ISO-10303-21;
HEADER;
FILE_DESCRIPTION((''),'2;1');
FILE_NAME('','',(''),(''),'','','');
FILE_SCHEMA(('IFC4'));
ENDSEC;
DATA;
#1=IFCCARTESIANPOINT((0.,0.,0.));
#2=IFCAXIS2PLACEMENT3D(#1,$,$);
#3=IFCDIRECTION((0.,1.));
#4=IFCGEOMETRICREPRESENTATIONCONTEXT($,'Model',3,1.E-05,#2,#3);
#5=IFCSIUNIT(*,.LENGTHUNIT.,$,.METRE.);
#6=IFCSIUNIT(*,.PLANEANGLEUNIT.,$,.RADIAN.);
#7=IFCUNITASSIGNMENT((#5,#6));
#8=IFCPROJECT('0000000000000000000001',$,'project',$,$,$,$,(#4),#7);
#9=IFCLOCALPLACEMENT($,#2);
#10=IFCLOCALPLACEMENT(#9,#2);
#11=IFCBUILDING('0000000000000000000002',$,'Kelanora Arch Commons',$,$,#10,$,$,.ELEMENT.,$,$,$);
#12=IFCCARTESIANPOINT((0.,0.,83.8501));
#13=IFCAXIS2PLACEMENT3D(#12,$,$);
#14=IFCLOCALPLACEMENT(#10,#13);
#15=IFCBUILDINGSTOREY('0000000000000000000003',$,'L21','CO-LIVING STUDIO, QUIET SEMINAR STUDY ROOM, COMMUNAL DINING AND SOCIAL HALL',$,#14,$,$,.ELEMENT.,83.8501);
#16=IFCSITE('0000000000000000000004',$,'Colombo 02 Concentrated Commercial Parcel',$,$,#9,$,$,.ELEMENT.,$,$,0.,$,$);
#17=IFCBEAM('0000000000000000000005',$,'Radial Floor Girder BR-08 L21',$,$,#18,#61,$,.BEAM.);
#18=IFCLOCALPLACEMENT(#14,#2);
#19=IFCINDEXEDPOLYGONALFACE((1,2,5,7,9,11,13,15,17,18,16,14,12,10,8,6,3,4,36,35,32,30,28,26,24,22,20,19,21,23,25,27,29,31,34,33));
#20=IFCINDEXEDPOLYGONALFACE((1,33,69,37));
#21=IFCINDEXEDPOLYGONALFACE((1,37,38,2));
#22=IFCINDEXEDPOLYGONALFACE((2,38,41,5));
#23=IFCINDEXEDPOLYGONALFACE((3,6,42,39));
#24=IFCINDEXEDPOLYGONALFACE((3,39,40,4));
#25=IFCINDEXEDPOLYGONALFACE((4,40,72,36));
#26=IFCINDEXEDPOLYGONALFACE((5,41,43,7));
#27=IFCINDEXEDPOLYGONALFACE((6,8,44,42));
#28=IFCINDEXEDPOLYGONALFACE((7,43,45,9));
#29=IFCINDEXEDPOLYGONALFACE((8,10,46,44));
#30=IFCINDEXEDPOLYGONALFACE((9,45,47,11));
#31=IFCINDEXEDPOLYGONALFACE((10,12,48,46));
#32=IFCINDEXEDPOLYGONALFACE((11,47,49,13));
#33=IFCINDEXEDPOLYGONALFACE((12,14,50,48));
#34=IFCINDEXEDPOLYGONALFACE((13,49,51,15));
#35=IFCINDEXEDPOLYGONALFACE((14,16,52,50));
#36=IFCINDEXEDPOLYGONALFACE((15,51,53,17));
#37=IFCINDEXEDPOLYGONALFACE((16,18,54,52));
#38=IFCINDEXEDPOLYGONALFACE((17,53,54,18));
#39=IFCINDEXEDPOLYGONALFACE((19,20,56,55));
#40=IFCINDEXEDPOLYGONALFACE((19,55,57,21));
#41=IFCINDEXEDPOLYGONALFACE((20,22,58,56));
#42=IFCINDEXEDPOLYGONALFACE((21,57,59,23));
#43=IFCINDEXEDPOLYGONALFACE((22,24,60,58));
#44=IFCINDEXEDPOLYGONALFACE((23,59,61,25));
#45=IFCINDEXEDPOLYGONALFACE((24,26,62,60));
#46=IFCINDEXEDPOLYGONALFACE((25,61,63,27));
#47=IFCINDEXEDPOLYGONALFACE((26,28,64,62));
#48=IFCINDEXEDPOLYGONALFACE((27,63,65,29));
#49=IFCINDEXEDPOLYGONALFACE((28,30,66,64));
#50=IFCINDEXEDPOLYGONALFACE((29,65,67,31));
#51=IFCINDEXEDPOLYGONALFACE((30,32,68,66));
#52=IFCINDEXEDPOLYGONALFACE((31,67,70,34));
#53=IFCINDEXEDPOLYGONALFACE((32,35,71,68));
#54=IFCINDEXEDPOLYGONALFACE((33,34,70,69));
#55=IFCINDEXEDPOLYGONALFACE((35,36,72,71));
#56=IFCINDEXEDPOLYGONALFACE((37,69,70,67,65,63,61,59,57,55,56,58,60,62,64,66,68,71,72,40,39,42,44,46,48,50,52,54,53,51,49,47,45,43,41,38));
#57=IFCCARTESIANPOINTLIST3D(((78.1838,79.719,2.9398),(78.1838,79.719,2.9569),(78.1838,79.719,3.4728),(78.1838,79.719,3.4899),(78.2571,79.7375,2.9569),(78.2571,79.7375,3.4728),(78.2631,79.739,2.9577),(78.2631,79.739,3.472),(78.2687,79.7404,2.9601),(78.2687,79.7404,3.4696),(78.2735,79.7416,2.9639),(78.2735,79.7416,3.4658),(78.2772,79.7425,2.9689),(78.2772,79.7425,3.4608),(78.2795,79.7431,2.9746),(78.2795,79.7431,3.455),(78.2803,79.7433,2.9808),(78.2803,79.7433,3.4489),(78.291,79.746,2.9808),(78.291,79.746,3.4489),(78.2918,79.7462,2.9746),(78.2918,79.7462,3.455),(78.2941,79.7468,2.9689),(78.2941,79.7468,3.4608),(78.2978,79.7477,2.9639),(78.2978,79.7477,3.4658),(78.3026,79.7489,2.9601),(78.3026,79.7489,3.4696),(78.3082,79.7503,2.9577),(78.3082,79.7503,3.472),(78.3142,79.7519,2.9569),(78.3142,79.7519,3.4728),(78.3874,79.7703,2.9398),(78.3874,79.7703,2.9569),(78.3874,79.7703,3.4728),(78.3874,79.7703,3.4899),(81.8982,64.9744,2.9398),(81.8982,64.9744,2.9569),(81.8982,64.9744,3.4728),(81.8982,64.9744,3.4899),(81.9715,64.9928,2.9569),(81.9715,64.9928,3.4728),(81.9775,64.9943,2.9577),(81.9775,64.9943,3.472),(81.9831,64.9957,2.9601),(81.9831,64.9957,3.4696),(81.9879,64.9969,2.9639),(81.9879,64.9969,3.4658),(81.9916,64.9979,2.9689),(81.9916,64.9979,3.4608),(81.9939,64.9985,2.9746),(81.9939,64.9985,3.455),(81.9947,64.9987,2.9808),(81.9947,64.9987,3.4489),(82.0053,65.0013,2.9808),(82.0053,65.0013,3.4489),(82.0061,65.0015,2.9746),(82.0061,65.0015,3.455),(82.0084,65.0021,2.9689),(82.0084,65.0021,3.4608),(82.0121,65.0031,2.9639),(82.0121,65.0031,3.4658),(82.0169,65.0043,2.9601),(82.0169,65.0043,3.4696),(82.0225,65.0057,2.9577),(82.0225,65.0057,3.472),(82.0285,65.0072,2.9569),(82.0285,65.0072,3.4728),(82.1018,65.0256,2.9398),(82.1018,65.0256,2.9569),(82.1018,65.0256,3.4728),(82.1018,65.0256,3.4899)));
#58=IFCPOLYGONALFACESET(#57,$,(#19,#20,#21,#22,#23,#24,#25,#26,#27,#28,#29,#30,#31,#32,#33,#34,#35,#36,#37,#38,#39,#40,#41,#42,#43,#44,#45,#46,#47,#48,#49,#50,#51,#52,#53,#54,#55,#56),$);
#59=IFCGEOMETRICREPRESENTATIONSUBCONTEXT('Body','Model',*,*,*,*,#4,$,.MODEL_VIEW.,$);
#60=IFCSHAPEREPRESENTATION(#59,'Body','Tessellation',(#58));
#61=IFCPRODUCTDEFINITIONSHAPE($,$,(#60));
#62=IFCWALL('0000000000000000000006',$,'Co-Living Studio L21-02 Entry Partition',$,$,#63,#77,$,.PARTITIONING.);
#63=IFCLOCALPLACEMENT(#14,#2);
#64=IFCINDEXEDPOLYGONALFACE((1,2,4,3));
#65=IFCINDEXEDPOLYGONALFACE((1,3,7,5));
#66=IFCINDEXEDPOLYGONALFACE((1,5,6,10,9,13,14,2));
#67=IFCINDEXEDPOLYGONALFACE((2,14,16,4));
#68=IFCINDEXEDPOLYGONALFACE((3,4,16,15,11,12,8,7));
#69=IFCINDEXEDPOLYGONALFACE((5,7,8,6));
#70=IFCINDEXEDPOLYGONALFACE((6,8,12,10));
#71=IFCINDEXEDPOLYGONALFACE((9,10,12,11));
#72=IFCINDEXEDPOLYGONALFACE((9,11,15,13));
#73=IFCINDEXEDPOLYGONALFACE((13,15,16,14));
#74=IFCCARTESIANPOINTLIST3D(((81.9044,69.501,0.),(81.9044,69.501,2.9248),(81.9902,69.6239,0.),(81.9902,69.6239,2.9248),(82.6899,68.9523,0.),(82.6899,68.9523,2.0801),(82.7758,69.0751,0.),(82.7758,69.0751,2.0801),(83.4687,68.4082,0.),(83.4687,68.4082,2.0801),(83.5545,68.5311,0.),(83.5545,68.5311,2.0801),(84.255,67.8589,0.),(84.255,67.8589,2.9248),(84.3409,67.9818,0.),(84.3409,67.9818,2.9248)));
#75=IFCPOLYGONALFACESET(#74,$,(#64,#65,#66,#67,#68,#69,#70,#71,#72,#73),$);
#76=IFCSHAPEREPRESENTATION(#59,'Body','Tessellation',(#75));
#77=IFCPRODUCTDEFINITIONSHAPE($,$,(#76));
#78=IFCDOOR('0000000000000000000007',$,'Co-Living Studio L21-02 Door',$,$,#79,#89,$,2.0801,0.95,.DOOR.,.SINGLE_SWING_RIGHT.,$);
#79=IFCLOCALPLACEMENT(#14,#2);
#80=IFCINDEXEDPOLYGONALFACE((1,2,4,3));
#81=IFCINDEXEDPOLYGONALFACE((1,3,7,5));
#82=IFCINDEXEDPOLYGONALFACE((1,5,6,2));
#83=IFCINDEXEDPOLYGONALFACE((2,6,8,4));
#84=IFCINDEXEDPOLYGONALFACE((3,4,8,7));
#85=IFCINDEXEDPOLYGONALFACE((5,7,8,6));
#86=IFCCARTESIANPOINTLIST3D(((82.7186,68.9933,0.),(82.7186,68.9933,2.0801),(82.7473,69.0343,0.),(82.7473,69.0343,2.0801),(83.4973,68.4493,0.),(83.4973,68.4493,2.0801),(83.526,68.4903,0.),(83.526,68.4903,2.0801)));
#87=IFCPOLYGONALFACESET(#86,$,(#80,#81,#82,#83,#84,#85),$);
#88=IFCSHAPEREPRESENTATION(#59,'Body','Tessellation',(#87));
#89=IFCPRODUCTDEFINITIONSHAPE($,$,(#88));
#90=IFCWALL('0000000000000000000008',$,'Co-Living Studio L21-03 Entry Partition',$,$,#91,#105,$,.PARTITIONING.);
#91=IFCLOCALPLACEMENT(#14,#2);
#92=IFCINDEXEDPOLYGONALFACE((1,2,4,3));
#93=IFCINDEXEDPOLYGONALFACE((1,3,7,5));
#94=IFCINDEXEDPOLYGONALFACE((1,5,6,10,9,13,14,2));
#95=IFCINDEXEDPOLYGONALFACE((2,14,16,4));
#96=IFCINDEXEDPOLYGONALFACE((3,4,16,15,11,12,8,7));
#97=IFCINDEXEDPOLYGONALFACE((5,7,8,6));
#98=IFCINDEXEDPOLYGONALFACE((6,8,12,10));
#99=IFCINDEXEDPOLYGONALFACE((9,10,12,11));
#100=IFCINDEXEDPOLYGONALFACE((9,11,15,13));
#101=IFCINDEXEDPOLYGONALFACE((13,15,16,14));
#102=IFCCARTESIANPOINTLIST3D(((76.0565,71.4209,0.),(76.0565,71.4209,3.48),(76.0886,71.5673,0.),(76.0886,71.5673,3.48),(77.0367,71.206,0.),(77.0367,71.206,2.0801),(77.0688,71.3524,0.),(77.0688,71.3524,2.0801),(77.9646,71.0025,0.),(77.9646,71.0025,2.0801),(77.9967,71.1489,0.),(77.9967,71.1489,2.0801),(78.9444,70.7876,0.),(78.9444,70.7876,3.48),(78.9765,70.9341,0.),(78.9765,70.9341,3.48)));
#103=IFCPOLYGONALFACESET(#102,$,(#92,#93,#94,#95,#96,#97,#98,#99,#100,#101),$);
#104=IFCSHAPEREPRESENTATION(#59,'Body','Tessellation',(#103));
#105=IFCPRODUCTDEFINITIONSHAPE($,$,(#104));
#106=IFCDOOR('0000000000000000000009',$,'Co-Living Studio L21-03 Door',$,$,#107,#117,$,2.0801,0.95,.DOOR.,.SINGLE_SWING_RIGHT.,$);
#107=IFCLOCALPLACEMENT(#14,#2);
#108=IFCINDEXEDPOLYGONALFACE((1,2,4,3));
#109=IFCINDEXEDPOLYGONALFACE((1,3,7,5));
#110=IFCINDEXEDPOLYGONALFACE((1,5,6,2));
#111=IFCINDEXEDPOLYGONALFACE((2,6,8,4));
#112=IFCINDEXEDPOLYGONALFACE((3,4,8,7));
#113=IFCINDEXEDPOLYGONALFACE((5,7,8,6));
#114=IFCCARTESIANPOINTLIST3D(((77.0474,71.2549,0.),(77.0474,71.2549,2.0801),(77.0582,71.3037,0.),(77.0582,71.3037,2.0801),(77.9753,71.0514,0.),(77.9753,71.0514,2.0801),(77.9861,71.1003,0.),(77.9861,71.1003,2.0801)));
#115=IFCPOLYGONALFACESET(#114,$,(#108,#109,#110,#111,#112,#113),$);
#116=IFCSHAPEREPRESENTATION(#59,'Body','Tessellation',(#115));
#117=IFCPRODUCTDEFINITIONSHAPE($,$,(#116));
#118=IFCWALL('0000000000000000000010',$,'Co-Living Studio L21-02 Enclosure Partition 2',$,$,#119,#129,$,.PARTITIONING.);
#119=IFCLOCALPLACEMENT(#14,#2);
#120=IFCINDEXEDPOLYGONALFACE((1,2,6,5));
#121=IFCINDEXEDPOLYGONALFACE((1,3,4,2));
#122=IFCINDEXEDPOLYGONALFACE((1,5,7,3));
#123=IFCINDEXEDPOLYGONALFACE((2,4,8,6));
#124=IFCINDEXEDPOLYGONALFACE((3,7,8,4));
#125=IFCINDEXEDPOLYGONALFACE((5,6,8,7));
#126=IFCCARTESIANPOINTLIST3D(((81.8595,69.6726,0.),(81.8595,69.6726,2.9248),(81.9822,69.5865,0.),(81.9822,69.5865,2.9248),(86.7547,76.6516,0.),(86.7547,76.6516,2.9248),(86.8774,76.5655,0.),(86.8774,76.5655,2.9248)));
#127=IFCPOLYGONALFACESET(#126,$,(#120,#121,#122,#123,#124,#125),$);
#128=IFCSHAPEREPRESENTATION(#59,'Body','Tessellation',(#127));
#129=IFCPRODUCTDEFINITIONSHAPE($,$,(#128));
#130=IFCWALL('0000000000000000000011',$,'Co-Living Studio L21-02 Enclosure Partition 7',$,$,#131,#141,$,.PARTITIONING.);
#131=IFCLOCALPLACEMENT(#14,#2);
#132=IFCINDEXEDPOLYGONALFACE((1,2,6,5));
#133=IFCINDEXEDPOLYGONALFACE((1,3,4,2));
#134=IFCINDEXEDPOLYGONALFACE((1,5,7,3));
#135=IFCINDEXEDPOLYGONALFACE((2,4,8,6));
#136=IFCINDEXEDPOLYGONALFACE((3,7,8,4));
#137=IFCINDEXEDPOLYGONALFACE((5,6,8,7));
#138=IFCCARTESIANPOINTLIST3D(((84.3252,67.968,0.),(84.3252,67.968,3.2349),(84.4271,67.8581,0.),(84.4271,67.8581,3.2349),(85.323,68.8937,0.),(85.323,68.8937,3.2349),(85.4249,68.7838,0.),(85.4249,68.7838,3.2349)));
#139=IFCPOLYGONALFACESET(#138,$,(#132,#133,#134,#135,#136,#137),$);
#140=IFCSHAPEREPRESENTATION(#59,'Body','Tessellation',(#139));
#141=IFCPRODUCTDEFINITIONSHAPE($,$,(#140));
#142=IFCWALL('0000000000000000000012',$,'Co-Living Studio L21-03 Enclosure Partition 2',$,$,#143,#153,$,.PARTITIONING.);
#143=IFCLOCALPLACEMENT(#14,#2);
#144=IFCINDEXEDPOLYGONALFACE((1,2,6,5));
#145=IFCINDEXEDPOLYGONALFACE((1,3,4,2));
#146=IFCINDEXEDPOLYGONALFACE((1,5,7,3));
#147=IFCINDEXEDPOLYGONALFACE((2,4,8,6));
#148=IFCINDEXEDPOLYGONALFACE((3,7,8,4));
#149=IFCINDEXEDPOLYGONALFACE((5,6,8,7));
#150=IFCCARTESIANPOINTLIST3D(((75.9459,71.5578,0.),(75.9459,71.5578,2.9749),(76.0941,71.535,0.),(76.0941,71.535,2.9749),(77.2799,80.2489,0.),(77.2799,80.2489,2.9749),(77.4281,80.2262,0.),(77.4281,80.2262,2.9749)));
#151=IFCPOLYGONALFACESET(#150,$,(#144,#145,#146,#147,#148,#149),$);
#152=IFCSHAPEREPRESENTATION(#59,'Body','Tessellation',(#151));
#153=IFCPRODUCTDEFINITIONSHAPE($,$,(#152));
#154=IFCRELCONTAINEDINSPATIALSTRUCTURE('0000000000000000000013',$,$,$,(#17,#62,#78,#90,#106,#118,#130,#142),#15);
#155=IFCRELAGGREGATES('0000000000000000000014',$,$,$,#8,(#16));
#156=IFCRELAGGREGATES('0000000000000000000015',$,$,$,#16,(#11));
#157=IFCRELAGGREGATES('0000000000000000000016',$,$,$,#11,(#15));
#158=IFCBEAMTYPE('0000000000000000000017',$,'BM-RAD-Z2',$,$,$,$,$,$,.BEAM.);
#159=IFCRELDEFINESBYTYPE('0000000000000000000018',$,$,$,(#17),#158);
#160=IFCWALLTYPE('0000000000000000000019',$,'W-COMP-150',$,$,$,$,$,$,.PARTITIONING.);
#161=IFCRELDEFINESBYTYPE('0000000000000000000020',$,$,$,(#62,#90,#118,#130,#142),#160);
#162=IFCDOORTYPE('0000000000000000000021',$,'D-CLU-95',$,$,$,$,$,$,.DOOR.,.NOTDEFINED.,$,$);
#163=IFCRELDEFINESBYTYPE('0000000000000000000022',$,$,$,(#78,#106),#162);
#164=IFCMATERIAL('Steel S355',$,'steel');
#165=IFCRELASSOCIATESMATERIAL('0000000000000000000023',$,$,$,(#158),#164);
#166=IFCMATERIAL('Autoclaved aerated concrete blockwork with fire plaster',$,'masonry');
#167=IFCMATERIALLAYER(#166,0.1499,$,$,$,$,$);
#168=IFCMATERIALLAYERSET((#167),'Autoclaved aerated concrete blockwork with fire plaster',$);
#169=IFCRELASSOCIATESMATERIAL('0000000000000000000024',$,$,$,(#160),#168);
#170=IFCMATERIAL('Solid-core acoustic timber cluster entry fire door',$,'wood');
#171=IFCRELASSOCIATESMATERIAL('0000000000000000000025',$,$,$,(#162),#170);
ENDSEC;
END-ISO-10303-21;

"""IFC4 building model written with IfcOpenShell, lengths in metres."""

from ifc_helpers import new_model, si_unit, direction, frame, frame_2d, origin, origin_2d, place, context, subcontext, project, spatial, rectangle, i_section, extrude, material, layer, layer_set, material_profile, profile_set, type_object, element, fill, save


model = new_model("IFC4")

# Units and contexts
model_context = context("Model", 3, precision=1e-05, world=origin(), true_north=direction((0.0, 1.0)))
body_context = subcontext(model_context, "Body", "Model", "MODEL_VIEW")
ifc_project = project(units=[si_unit("LENGTHUNIT", "METRE"), si_unit("PLANEANGLEUNIT", "RADIAN")], contexts=[model_context])

# Site, building, storey
site_placement = place(None, origin())
site = spatial("IfcSite", under=ifc_project, at=site_placement, Name="Colombo 02 Concentrated Commercial Parcel", CompositionType="ELEMENT", RefElevation=0.0)
building_placement = place(site_placement, origin())
building = spatial("IfcBuilding", under=site, at=building_placement, Name="Kelanora Arch Commons", CompositionType="ELEMENT")
storey_placement = place(building_placement, frame((0.0, 0.0, 83.8501)))
storey = spatial("IfcBuildingStorey", under=building, at=storey_placement, Name="L21", Description="CO-LIVING STUDIO, QUIET SEMINAR STUDY ROOM, COMMUNAL DINING AND SOCIAL HALL", CompositionType="ELEMENT", Elevation=83.8501)

# Beam
ifc_material_1 = material(Name="Steel S355", Category="steel")
ifc_material_profile_1 = material_profile(ifc_material_1, i_section(OverallWidth=0.21, OverallDepth=0.55, WebThickness=0.011, FlangeThickness=0.0171, FilletRadius=0.0239, at=origin_2d()), Name="IPE550")
ifc_profile_set_1 = profile_set([ifc_material_profile_1], Name="Steel S355")
beam_type_1 = type_object("IfcBeamType", Name="BM-RAD-Z2", PredefinedType="BEAM", material=ifc_profile_set_1)
beam_1_placement = place(storey_placement, frame((82.0, 65.0, 3.2148), z_axis=(-0.244281, 0.969705, 0.0), x_axis=(-0.969705, -0.244281, 0.0)))
element("IfcBeam", 1, at=beam_1_placement, inside=storey, type_object=beam_type_1, Name="Radial Floor Girder BR-08 L21", PredefinedType="BEAM", context=body_context, shape_type="SweptSolid", body=[
    extrude(i_section(OverallWidth=0.21, OverallDepth=0.55, WebThickness=0.011, FlangeThickness=0.0171, FilletRadius=0.0239, at=origin_2d()), origin(), (0.0, 0.0, 1.0), 15.2053),
])

# Walls, openings, doors
ifc_material_2 = material(Name="Autoclaved aerated concrete blockwork with fire plaster", Category="masonry")
ifc_layer_1 = layer(ifc_material_2, 0.1499)
ifc_layer_set_1 = layer_set([ifc_layer_1], Name="Autoclaved aerated concrete blockwork with fire plaster")
wall_type_1 = type_object("IfcWallType", Name="W-COMP-150", PredefinedType="PARTITIONING", material=ifc_layer_set_1)
wall_1_placement = place(storey_placement, frame((84.2979, 67.9204, 0.0), z_axis=(0.0, 0.0, 1.0), x_axis=(-0.819776, 0.572685, 0.0)))
wall_1 = element("IfcWall", 2, at=wall_1_placement, inside=storey, type_object=wall_type_1, Name="Co-Living Studio L21-02 Entry Partition", PredefinedType="PARTITIONING", context=body_context, shape_type="SweptSolid", body=[
    extrude(rectangle(XDim=2.8674, YDim=0.1499, at=frame_2d((1.4336, 0.0))), origin(), (0.0, 0.0, 1.0), 2.9248),
])
opening_1_placement = place(wall_1_placement, frame((0.959, 0.0, 0.0)))
opening_1 = element("IfcOpeningElement", 3, at=opening_1_placement, cuts=wall_1, PredefinedType="OPENING", context=body_context, shape_type="SweptSolid", body=[
    extrude(rectangle(XDim=0.95, YDim=2.0801, at=frame_2d((0.4751, 1.04))), frame((0.0, 0.085, 0.0), z_axis=(0.0, -1.0, 0.0), x_axis=(1.0, 0.0, 0.0)), (0.0, 0.0, 1.0), 0.1699),
])
ifc_material_3 = material(Name="Solid-core acoustic timber cluster entry fire door", Category="wood")
door_type_1 = type_object("IfcDoorType", Name="D-CLU-95", OperationType="NOTDEFINED", PredefinedType="DOOR", material=ifc_material_3)
door_1_placement = place(opening_1_placement, origin())
door_1 = element("IfcDoor", 4, at=door_1_placement, inside=storey, type_object=door_type_1, Name="Co-Living Studio L21-02 Door", OperationType="SINGLE_SWING_RIGHT", OverallHeight=2.0801, OverallWidth=0.95, PredefinedType="DOOR", context=body_context, shape_type="SweptSolid", body=[
    extrude(rectangle(XDim=0.95, YDim=2.0801, at=frame_2d((0.4751, 1.04))), frame((0.0, 0.0249, 0.0), z_axis=(0.0, -1.0, 0.0), x_axis=(1.0, 0.0, 0.0)), (0.0, 0.0, 1.0), 0.05),
])
fill(opening_1, door_1)
wall_2_placement = place(storey_placement, frame((78.9604, 70.8608, 0.0), z_axis=(0.0, 0.0, 1.0), x_axis=(-0.976789, 0.214202, 0.0)))
wall_2 = element("IfcWall", 5, at=wall_2_placement, inside=storey, type_object=wall_type_1, Name="Co-Living Studio L21-03 Entry Partition", PredefinedType="PARTITIONING", context=body_context, shape_type="SweptSolid", body=[
    extrude(rectangle(XDim=2.9565, YDim=0.1499, at=frame_2d((1.4783, 0.0))), origin(), (0.0, 0.0, 1.0), 3.48),
])
opening_2_placement = place(wall_2_placement, frame((1.0029, 0.0, 0.0)))
opening_2 = element("IfcOpeningElement", 6, at=opening_2_placement, cuts=wall_2, PredefinedType="OPENING", context=body_context, shape_type="SweptSolid", body=[
    extrude(rectangle(XDim=0.95, YDim=2.0801, at=frame_2d((0.4751, 1.04))), frame((0.0, 0.085, 0.0), z_axis=(0.0, -1.0, 0.0), x_axis=(1.0, 0.0, 0.0)), (0.0, 0.0, 1.0), 0.1699),
])
door_2_placement = place(opening_2_placement, origin())
door_2 = element("IfcDoor", 7, at=door_2_placement, inside=storey, type_object=door_type_1, Name="Co-Living Studio L21-03 Door", OperationType="SINGLE_SWING_RIGHT", OverallHeight=2.0801, OverallWidth=0.95, PredefinedType="DOOR", context=body_context, shape_type="SweptSolid", body=[
    extrude(rectangle(XDim=0.95, YDim=2.0801, at=frame_2d((0.4751, 1.04))), frame((0.0, 0.0249, 0.0), z_axis=(0.0, -1.0, 0.0), x_axis=(1.0, 0.0, 0.0)), (0.0, 0.0, 1.0), 0.05),
])
fill(opening_2, door_2)

# Walls
wall_3_placement = place(storey_placement, frame((81.9209, 69.6296, 0.0), z_axis=(0.0, 0.0, 1.0), x_axis=(0.574246, 0.818683, 0.0)))
element("IfcWall", 8, at=wall_3_placement, inside=storey, type_object=wall_type_1, Name="Co-Living Studio L21-02 Enclosure Partition 2", PredefinedType="PARTITIONING", context=body_context, shape_type="SweptSolid", body=[
    extrude(rectangle(XDim=8.5247, YDim=0.1499, at=frame_2d((4.2622, 0.0))), origin(), (0.0, 0.0, 1.0), 2.9248),
])
wall_4_placement = place(storey_placement, frame((85.374, 68.8389, 0.0), z_axis=(0.0, 0.0, 1.0), x_axis=(-0.733068, -0.680155, 0.0)))
element("IfcWall", 9, at=wall_4_placement, inside=storey, type_object=wall_type_1, Name="Co-Living Studio L21-02 Enclosure Partition 7", PredefinedType="PARTITIONING", context=body_context, shape_type="SweptSolid", body=[
    extrude(rectangle(XDim=1.3611, YDim=0.1499, at=frame_2d((0.6807, 0.0))), origin(), (0.0, 0.0, 1.0), 3.2349),
])
wall_5_placement = place(storey_placement, frame((76.02, 71.5464, 0.0), z_axis=(0.0, 0.0, 1.0), x_axis=(0.151711, 0.988425, 0.0)))
element("IfcWall", 10, at=wall_5_placement, inside=storey, type_object=wall_type_1, Name="Co-Living Studio L21-03 Enclosure Partition 2", PredefinedType="PARTITIONING", context=body_context, shape_type="SweptSolid", body=[
    extrude(rectangle(XDim=8.793, YDim=0.1499, at=frame_2d((4.3965, 0.0))), origin(), (0.0, 0.0, 1.0), 2.9749),
])

save(model, "model.ifc")
